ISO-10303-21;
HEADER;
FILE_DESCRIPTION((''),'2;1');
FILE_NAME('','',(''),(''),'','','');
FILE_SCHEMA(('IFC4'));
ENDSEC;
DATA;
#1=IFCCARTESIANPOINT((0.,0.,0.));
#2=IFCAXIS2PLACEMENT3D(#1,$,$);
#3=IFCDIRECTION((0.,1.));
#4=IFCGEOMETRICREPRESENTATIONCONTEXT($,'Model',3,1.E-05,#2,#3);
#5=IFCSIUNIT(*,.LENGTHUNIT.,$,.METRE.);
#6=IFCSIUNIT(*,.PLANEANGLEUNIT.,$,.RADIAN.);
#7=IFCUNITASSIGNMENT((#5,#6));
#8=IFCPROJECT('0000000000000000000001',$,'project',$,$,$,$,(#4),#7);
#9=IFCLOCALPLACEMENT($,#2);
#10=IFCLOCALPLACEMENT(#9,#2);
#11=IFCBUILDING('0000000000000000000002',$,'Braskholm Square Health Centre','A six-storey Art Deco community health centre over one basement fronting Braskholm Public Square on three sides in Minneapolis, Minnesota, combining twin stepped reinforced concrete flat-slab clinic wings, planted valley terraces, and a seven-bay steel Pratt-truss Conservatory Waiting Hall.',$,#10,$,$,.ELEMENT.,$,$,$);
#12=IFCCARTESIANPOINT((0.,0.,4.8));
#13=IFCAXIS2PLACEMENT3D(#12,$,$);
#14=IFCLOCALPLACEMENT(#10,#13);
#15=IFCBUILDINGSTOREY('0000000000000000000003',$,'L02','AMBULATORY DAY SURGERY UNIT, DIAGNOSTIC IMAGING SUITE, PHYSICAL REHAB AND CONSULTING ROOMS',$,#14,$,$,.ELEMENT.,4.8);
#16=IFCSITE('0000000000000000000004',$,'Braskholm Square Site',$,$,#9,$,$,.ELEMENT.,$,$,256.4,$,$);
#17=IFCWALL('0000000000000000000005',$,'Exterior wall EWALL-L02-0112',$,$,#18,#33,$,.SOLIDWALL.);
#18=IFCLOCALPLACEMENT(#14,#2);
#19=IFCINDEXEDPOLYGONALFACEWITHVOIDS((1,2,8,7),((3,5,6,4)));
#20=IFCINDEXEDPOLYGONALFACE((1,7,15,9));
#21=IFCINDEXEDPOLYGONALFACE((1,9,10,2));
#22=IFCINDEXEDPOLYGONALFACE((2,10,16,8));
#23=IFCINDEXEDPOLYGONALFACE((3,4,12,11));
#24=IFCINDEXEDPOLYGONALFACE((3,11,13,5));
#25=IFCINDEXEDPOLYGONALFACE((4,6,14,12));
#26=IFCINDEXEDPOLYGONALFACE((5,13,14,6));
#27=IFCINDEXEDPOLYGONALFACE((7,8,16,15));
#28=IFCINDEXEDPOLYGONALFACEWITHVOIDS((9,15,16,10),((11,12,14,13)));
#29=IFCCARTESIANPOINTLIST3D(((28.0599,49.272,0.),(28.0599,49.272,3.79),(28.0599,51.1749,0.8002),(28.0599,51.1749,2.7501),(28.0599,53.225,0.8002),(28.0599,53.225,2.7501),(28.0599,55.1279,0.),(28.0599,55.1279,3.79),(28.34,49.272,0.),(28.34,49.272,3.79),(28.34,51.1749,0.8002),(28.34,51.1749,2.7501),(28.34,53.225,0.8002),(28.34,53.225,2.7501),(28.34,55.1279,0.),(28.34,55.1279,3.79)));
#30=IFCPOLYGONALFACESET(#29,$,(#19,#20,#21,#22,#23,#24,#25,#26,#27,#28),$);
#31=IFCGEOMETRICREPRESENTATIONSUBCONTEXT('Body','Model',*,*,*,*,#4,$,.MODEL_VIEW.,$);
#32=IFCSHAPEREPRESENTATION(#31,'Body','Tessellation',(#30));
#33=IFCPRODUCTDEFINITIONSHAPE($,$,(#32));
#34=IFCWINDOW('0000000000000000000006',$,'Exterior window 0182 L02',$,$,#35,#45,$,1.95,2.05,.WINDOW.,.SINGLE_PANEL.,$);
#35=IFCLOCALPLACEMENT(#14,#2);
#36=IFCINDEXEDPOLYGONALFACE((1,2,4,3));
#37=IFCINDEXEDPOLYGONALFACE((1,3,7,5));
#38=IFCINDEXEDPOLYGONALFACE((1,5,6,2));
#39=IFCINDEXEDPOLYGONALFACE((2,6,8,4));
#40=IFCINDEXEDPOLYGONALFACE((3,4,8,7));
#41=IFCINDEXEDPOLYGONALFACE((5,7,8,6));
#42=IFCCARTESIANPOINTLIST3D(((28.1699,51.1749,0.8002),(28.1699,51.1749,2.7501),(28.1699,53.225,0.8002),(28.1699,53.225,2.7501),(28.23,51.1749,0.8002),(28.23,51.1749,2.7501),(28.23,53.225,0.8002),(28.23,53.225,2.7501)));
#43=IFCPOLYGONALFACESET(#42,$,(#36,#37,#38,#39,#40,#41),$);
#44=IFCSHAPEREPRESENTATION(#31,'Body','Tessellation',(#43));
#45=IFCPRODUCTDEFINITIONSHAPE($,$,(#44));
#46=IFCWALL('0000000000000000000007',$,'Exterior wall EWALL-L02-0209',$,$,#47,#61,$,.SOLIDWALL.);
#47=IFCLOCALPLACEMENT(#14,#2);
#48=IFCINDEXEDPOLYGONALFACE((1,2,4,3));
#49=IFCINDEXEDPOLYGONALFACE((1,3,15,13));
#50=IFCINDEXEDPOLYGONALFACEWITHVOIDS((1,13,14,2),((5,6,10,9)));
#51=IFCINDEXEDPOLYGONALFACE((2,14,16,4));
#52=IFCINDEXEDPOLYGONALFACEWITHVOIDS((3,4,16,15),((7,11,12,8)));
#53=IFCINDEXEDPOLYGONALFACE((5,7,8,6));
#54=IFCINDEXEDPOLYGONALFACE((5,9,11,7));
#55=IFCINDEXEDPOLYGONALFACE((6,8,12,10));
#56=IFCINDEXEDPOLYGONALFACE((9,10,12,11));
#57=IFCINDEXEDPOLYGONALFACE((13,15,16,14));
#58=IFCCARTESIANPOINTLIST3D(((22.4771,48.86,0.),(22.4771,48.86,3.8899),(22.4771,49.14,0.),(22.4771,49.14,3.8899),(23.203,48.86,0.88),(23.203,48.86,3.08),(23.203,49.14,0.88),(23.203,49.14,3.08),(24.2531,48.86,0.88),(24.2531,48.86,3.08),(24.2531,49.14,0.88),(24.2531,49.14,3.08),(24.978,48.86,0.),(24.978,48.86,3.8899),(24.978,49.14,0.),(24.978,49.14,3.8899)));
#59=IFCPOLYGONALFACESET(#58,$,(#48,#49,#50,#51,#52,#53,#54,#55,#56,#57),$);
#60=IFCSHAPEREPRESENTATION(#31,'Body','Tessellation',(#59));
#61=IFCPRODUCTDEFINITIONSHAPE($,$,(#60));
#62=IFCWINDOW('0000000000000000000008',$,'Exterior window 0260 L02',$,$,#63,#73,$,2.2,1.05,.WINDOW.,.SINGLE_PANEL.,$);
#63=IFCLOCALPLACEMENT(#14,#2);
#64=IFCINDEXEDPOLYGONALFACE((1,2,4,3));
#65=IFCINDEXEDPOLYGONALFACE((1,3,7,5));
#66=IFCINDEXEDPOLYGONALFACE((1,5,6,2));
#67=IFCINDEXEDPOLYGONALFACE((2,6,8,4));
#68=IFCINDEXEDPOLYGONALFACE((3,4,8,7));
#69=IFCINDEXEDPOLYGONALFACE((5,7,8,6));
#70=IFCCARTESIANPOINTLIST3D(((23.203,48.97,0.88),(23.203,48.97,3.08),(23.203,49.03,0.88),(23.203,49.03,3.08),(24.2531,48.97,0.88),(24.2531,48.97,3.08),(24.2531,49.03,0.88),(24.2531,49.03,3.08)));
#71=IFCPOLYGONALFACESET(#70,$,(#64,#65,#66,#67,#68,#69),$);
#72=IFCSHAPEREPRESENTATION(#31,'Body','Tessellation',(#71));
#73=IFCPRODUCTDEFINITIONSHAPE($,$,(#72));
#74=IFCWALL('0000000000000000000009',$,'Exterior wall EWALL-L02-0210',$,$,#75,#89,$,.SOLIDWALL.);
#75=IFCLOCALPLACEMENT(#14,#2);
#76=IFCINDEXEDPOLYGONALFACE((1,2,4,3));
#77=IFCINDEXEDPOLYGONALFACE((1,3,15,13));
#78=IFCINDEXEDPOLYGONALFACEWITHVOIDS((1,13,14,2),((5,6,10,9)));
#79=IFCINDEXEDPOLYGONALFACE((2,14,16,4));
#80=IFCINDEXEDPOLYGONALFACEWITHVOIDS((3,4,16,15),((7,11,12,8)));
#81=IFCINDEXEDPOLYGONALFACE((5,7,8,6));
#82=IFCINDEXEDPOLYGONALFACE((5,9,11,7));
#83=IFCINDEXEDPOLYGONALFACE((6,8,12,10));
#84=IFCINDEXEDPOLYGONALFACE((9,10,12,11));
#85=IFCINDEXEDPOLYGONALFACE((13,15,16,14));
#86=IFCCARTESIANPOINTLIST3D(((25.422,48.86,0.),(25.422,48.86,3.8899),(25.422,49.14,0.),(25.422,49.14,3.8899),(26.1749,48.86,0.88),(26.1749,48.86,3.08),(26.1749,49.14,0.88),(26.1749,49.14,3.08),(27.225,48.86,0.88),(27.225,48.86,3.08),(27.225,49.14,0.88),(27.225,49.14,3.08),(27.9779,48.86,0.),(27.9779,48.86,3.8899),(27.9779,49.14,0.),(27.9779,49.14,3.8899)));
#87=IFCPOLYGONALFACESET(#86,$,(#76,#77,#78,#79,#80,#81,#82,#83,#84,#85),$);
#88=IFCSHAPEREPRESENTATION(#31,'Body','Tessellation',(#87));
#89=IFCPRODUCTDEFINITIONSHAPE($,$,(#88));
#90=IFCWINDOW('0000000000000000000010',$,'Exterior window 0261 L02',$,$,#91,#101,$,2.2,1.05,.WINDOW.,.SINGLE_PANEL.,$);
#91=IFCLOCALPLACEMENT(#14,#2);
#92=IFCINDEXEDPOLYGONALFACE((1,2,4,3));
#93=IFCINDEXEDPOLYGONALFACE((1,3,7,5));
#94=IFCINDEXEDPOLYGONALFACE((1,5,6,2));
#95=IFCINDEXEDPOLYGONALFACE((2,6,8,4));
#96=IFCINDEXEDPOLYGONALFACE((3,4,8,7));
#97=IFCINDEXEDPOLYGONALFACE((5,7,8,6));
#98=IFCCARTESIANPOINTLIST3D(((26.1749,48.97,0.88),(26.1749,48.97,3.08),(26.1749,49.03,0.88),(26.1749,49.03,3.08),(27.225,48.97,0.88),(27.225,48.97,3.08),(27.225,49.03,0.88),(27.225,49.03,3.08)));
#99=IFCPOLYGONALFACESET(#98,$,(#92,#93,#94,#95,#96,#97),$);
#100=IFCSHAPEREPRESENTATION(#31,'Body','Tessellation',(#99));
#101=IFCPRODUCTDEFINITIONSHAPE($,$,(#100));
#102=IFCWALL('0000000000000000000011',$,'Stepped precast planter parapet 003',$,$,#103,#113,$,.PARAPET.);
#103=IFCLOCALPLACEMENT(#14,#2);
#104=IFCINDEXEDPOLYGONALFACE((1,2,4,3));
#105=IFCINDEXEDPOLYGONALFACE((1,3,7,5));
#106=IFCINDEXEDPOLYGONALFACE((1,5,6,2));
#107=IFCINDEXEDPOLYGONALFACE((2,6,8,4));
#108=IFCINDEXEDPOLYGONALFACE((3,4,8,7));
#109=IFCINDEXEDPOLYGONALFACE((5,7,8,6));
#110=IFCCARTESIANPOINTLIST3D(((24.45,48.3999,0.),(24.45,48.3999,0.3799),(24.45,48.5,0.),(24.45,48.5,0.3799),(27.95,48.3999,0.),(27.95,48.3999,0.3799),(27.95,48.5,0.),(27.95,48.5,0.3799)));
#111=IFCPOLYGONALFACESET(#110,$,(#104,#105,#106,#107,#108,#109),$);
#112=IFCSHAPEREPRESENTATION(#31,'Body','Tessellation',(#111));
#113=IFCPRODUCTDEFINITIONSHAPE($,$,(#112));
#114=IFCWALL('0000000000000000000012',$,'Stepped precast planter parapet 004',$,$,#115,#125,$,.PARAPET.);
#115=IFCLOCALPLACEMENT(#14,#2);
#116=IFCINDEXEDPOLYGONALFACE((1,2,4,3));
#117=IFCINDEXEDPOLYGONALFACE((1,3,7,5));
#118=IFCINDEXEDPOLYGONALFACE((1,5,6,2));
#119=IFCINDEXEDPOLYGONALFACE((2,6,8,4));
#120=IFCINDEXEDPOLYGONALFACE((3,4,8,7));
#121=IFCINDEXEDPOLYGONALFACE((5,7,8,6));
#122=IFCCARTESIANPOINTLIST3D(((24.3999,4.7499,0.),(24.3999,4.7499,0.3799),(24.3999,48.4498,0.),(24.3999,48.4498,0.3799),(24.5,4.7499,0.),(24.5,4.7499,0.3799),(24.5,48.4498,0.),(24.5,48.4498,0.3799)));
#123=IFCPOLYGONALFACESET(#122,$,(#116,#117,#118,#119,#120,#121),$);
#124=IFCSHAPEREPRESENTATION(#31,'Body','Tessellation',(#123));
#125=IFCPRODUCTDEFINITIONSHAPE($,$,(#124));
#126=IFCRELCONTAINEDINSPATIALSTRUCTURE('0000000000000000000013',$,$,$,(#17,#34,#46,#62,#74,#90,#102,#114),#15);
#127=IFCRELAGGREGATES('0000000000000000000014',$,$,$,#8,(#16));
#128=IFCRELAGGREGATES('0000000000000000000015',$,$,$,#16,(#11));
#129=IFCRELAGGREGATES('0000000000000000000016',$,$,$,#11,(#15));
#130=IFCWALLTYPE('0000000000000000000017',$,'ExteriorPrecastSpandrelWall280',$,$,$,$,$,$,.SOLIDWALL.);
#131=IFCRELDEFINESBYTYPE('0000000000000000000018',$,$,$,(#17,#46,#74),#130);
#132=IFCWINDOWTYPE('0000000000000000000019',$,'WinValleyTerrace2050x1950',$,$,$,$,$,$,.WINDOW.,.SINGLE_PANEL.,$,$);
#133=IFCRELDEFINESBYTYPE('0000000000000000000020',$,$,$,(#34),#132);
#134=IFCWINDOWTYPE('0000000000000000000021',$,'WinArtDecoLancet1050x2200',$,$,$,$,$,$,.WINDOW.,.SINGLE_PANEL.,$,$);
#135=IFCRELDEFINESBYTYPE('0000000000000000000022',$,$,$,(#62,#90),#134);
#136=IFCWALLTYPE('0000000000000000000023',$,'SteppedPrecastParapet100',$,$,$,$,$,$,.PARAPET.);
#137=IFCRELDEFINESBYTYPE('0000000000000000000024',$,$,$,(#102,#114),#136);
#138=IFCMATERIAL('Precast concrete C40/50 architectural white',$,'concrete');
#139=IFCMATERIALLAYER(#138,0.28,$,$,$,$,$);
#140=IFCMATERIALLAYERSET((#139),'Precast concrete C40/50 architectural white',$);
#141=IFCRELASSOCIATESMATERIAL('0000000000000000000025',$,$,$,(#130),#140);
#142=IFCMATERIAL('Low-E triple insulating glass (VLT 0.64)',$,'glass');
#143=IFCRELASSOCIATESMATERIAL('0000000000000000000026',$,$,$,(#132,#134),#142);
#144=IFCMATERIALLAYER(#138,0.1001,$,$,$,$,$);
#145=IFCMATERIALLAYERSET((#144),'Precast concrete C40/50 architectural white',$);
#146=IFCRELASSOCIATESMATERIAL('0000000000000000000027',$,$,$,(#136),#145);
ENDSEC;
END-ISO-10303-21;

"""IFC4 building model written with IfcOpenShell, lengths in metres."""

from ifc_helpers import new_model, si_unit, direction, frame, frame_2d, origin, origin_with_axes, place, context, subcontext, project, spatial, rectangle, extrude, material, layer, layer_set, type_object, element, fill, save


model = new_model("IFC4")

# Units and contexts
model_context = context("Model", 3, precision=1e-05, world=origin(), true_north=direction((0.0, 1.0)))
body_context = subcontext(model_context, "Body", "Model", "MODEL_VIEW")
ifc_project = project(units=[si_unit("LENGTHUNIT", "METRE"), si_unit("PLANEANGLEUNIT", "RADIAN")], contexts=[model_context])

# Site, building, storey
site_placement = place(None, origin())
site = spatial("IfcSite", under=ifc_project, at=site_placement, Name="Braskholm Square Site", CompositionType="ELEMENT", RefElevation=256.4)
building_placement = place(site_placement, origin())
building = spatial("IfcBuilding", under=site, at=building_placement, Name="Braskholm Square Health Centre", Description="A six-storey Art Deco community health centre over one basement fronting Braskholm Public Square on three sides in Minneapolis, Minnesota, combining twin stepped reinforced concrete flat-slab clinic wings, planted valley terraces, and a seven-bay steel Pratt-truss Conservatory Waiting Hall.", CompositionType="ELEMENT")
storey_placement = place(building_placement, frame((0.0, 0.0, 4.8)))
storey = spatial("IfcBuildingStorey", under=building, at=storey_placement, Name="L02", Description="AMBULATORY DAY SURGERY UNIT, DIAGNOSTIC IMAGING SUITE, PHYSICAL REHAB AND CONSULTING ROOMS", CompositionType="ELEMENT", Elevation=4.8)

# Shared definitions
ifc_material_1 = material(Name="Precast concrete C40/50 architectural white", Category="concrete")

# Shared definitions
ifc_material_2 = material(Name="Low-E triple insulating glass (VLT 0.64)", Category="glass")

# Walls, openings, windows
ifc_layer_1 = layer(ifc_material_1, 0.28)
ifc_layer_set_1 = layer_set([ifc_layer_1], Name="Precast concrete C40/50 architectural white")
wall_type_1 = type_object("IfcWallType", Name="ExteriorPrecastSpandrelWall280", PredefinedType="SOLIDWALL", material=ifc_layer_set_1)
wall_1_placement = place(storey_placement, frame((28.2, 49.272, 0.0), z_axis=(0.0, 0.0, 1.0), x_axis=(0.0, 1.0, 0.0)))
wall_1 = element("IfcWall", 1, at=wall_1_placement, inside=storey, type_object=wall_type_1, Name="Exterior wall EWALL-L02-0112", PredefinedType="SOLIDWALL", context=body_context, shape_type="SweptSolid", body=[
    extrude(rectangle(XDim=5.856, YDim=0.28, at=frame_2d((2.928, 0.0))), origin(), (0.0, 0.0, 1.0), 3.79),
])
opening_1_placement = place(wall_1_placement, frame((1.9031, 0.0, 0.8)))
opening_1 = element("IfcOpeningElement", 2, at=opening_1_placement, cuts=wall_1, PredefinedType="OPENING", context=body_context, shape_type="SweptSolid", body=[
    extrude(rectangle(XDim=2.05, YDim=1.95, at=frame_2d((1.0249, 0.9751))), frame((0.0, 0.1499, 0.0), z_axis=(0.0, -1.0, 0.0), x_axis=(1.0, 0.0, 0.0)), (0.0, 0.0, 1.0), 0.3),
])
window_type_1 = type_object("IfcWindowType", Name="WinValleyTerrace2050x1950", PartitioningType="SINGLE_PANEL", PredefinedType="WINDOW", material=ifc_material_2)
window_1_placement = place(opening_1_placement, origin_with_axes())
window_1 = element("IfcWindow", 3, at=window_1_placement, inside=storey, type_object=window_type_1, Name="Exterior window 0182 L02", OverallHeight=1.95, OverallWidth=2.05, PartitioningType="SINGLE_PANEL", PredefinedType="WINDOW", context=body_context, shape_type="SweptSolid", body=[
    extrude(rectangle(XDim=2.05, YDim=1.95, at=frame_2d((1.0249, 0.9751))), frame((0.0, 0.03, 0.0), z_axis=(0.0, -1.0, 0.0), x_axis=(1.0, 0.0, 0.0)), (0.0, 0.0, 1.0), 0.0601),
])
fill(opening_1, window_1)
wall_2_placement = place(storey_placement, frame((22.4771, 49.0, 0.0), z_axis=(0.0, 0.0, 1.0), x_axis=(1.0, 0.0, 0.0)))
wall_2 = element("IfcWall", 4, at=wall_2_placement, inside=storey, type_object=wall_type_1, Name="Exterior wall EWALL-L02-0209", PredefinedType="SOLIDWALL", context=body_context, shape_type="SweptSolid", body=[
    extrude(rectangle(XDim=2.501, YDim=0.28, at=frame_2d((1.2505, 0.0))), origin(), (0.0, 0.0, 1.0), 3.8899),
])
opening_2_placement = place(wall_2_placement, frame((0.7261, 0.0, 0.8799)))
opening_2 = element("IfcOpeningElement", 5, at=opening_2_placement, cuts=wall_2, PredefinedType="OPENING", context=body_context, shape_type="SweptSolid", body=[
    extrude(rectangle(XDim=1.05, YDim=2.2, at=frame_2d((0.5249, 1.1001))), frame((0.0, 0.1499, 0.0), z_axis=(0.0, -1.0, 0.0), x_axis=(1.0, 0.0, 0.0)), (0.0, 0.0, 1.0), 0.3),
])
window_type_2 = type_object("IfcWindowType", Name="WinArtDecoLancet1050x2200", PartitioningType="SINGLE_PANEL", PredefinedType="WINDOW", material=ifc_material_2)
window_2_placement = place(opening_2_placement, origin_with_axes())
window_2 = element("IfcWindow", 6, at=window_2_placement, inside=storey, type_object=window_type_2, Name="Exterior window 0260 L02", OverallHeight=2.2, OverallWidth=1.05, PartitioningType="SINGLE_PANEL", PredefinedType="WINDOW", context=body_context, shape_type="SweptSolid", body=[
    extrude(rectangle(XDim=1.05, YDim=2.2, at=frame_2d((0.5249, 1.1001))), frame((0.0, 0.03, 0.0), z_axis=(0.0, -1.0, 0.0), x_axis=(1.0, 0.0, 0.0)), (0.0, 0.0, 1.0), 0.0601),
])
fill(opening_2, window_2)
wall_3_placement = place(storey_placement, frame((25.4221, 49.0, 0.0), z_axis=(0.0, 0.0, 1.0), x_axis=(1.0, 0.0, 0.0)))
wall_3 = element("IfcWall", 7, at=wall_3_placement, inside=storey, type_object=wall_type_1, Name="Exterior wall EWALL-L02-0210", PredefinedType="SOLIDWALL", context=body_context, shape_type="SweptSolid", body=[
    extrude(rectangle(XDim=2.5559, YDim=0.28, at=frame_2d((1.2778, 0.0))), origin(), (0.0, 0.0, 1.0), 3.8899),
])
opening_3_placement = place(wall_3_placement, frame((0.7529, 0.0, 0.8799)))
opening_3 = element("IfcOpeningElement", 8, at=opening_3_placement, cuts=wall_3, PredefinedType="OPENING", context=body_context, shape_type="SweptSolid", body=[
    extrude(rectangle(XDim=1.05, YDim=2.2, at=frame_2d((0.5249, 1.1001))), frame((0.0, 0.1499, 0.0), z_axis=(0.0, -1.0, 0.0), x_axis=(1.0, 0.0, 0.0)), (0.0, 0.0, 1.0), 0.3),
])
window_3_placement = place(opening_3_placement, origin_with_axes())
window_3 = element("IfcWindow", 9, at=window_3_placement, inside=storey, type_object=window_type_2, Name="Exterior window 0261 L02", OverallHeight=2.2, OverallWidth=1.05, PartitioningType="SINGLE_PANEL", PredefinedType="WINDOW", context=body_context, shape_type="SweptSolid", body=[
    extrude(rectangle(XDim=1.05, YDim=2.2, at=frame_2d((0.5249, 1.1001))), frame((0.0, 0.03, 0.0), z_axis=(0.0, -1.0, 0.0), x_axis=(1.0, 0.0, 0.0)), (0.0, 0.0, 1.0), 0.0601),
])
fill(opening_3, window_3)

# Walls
ifc_layer_2 = layer(ifc_material_1, 0.1001)
ifc_layer_set_2 = layer_set([ifc_layer_2], Name="Precast concrete C40/50 architectural white")
wall_type_2 = type_object("IfcWallType", Name="SteppedPrecastParapet100", PredefinedType="PARAPET", material=ifc_layer_set_2)
wall_4_placement = place(storey_placement, frame((27.95, 48.45, 0.0), z_axis=(0.0, 0.0, 1.0), x_axis=(-1.0, 0.0, 0.0)))
element("IfcWall", 10, at=wall_4_placement, inside=storey, type_object=wall_type_2, Name="Stepped precast planter parapet 003", PredefinedType="PARAPET", context=body_context, shape_type="SweptSolid", body=[
    extrude(rectangle(XDim=3.5, YDim=0.1001, at=frame_2d((1.75, 0.0))), origin(), (0.0, 0.0, 1.0), 0.3799),
])
wall_5_placement = place(storey_placement, frame((24.45, 48.45, 0.0), z_axis=(0.0, 0.0, 1.0), x_axis=(0.0, -1.0, 0.0)))
element("IfcWall", 11, at=wall_5_placement, inside=storey, type_object=wall_type_2, Name="Stepped precast planter parapet 004", PredefinedType="PARAPET", context=body_context, shape_type="SweptSolid", body=[
    extrude(rectangle(XDim=43.7, YDim=0.1001, at=frame_2d((21.8501, 0.0))), origin(), (0.0, 0.0, 1.0), 0.3799),
])

save(model, "model.ifc")
